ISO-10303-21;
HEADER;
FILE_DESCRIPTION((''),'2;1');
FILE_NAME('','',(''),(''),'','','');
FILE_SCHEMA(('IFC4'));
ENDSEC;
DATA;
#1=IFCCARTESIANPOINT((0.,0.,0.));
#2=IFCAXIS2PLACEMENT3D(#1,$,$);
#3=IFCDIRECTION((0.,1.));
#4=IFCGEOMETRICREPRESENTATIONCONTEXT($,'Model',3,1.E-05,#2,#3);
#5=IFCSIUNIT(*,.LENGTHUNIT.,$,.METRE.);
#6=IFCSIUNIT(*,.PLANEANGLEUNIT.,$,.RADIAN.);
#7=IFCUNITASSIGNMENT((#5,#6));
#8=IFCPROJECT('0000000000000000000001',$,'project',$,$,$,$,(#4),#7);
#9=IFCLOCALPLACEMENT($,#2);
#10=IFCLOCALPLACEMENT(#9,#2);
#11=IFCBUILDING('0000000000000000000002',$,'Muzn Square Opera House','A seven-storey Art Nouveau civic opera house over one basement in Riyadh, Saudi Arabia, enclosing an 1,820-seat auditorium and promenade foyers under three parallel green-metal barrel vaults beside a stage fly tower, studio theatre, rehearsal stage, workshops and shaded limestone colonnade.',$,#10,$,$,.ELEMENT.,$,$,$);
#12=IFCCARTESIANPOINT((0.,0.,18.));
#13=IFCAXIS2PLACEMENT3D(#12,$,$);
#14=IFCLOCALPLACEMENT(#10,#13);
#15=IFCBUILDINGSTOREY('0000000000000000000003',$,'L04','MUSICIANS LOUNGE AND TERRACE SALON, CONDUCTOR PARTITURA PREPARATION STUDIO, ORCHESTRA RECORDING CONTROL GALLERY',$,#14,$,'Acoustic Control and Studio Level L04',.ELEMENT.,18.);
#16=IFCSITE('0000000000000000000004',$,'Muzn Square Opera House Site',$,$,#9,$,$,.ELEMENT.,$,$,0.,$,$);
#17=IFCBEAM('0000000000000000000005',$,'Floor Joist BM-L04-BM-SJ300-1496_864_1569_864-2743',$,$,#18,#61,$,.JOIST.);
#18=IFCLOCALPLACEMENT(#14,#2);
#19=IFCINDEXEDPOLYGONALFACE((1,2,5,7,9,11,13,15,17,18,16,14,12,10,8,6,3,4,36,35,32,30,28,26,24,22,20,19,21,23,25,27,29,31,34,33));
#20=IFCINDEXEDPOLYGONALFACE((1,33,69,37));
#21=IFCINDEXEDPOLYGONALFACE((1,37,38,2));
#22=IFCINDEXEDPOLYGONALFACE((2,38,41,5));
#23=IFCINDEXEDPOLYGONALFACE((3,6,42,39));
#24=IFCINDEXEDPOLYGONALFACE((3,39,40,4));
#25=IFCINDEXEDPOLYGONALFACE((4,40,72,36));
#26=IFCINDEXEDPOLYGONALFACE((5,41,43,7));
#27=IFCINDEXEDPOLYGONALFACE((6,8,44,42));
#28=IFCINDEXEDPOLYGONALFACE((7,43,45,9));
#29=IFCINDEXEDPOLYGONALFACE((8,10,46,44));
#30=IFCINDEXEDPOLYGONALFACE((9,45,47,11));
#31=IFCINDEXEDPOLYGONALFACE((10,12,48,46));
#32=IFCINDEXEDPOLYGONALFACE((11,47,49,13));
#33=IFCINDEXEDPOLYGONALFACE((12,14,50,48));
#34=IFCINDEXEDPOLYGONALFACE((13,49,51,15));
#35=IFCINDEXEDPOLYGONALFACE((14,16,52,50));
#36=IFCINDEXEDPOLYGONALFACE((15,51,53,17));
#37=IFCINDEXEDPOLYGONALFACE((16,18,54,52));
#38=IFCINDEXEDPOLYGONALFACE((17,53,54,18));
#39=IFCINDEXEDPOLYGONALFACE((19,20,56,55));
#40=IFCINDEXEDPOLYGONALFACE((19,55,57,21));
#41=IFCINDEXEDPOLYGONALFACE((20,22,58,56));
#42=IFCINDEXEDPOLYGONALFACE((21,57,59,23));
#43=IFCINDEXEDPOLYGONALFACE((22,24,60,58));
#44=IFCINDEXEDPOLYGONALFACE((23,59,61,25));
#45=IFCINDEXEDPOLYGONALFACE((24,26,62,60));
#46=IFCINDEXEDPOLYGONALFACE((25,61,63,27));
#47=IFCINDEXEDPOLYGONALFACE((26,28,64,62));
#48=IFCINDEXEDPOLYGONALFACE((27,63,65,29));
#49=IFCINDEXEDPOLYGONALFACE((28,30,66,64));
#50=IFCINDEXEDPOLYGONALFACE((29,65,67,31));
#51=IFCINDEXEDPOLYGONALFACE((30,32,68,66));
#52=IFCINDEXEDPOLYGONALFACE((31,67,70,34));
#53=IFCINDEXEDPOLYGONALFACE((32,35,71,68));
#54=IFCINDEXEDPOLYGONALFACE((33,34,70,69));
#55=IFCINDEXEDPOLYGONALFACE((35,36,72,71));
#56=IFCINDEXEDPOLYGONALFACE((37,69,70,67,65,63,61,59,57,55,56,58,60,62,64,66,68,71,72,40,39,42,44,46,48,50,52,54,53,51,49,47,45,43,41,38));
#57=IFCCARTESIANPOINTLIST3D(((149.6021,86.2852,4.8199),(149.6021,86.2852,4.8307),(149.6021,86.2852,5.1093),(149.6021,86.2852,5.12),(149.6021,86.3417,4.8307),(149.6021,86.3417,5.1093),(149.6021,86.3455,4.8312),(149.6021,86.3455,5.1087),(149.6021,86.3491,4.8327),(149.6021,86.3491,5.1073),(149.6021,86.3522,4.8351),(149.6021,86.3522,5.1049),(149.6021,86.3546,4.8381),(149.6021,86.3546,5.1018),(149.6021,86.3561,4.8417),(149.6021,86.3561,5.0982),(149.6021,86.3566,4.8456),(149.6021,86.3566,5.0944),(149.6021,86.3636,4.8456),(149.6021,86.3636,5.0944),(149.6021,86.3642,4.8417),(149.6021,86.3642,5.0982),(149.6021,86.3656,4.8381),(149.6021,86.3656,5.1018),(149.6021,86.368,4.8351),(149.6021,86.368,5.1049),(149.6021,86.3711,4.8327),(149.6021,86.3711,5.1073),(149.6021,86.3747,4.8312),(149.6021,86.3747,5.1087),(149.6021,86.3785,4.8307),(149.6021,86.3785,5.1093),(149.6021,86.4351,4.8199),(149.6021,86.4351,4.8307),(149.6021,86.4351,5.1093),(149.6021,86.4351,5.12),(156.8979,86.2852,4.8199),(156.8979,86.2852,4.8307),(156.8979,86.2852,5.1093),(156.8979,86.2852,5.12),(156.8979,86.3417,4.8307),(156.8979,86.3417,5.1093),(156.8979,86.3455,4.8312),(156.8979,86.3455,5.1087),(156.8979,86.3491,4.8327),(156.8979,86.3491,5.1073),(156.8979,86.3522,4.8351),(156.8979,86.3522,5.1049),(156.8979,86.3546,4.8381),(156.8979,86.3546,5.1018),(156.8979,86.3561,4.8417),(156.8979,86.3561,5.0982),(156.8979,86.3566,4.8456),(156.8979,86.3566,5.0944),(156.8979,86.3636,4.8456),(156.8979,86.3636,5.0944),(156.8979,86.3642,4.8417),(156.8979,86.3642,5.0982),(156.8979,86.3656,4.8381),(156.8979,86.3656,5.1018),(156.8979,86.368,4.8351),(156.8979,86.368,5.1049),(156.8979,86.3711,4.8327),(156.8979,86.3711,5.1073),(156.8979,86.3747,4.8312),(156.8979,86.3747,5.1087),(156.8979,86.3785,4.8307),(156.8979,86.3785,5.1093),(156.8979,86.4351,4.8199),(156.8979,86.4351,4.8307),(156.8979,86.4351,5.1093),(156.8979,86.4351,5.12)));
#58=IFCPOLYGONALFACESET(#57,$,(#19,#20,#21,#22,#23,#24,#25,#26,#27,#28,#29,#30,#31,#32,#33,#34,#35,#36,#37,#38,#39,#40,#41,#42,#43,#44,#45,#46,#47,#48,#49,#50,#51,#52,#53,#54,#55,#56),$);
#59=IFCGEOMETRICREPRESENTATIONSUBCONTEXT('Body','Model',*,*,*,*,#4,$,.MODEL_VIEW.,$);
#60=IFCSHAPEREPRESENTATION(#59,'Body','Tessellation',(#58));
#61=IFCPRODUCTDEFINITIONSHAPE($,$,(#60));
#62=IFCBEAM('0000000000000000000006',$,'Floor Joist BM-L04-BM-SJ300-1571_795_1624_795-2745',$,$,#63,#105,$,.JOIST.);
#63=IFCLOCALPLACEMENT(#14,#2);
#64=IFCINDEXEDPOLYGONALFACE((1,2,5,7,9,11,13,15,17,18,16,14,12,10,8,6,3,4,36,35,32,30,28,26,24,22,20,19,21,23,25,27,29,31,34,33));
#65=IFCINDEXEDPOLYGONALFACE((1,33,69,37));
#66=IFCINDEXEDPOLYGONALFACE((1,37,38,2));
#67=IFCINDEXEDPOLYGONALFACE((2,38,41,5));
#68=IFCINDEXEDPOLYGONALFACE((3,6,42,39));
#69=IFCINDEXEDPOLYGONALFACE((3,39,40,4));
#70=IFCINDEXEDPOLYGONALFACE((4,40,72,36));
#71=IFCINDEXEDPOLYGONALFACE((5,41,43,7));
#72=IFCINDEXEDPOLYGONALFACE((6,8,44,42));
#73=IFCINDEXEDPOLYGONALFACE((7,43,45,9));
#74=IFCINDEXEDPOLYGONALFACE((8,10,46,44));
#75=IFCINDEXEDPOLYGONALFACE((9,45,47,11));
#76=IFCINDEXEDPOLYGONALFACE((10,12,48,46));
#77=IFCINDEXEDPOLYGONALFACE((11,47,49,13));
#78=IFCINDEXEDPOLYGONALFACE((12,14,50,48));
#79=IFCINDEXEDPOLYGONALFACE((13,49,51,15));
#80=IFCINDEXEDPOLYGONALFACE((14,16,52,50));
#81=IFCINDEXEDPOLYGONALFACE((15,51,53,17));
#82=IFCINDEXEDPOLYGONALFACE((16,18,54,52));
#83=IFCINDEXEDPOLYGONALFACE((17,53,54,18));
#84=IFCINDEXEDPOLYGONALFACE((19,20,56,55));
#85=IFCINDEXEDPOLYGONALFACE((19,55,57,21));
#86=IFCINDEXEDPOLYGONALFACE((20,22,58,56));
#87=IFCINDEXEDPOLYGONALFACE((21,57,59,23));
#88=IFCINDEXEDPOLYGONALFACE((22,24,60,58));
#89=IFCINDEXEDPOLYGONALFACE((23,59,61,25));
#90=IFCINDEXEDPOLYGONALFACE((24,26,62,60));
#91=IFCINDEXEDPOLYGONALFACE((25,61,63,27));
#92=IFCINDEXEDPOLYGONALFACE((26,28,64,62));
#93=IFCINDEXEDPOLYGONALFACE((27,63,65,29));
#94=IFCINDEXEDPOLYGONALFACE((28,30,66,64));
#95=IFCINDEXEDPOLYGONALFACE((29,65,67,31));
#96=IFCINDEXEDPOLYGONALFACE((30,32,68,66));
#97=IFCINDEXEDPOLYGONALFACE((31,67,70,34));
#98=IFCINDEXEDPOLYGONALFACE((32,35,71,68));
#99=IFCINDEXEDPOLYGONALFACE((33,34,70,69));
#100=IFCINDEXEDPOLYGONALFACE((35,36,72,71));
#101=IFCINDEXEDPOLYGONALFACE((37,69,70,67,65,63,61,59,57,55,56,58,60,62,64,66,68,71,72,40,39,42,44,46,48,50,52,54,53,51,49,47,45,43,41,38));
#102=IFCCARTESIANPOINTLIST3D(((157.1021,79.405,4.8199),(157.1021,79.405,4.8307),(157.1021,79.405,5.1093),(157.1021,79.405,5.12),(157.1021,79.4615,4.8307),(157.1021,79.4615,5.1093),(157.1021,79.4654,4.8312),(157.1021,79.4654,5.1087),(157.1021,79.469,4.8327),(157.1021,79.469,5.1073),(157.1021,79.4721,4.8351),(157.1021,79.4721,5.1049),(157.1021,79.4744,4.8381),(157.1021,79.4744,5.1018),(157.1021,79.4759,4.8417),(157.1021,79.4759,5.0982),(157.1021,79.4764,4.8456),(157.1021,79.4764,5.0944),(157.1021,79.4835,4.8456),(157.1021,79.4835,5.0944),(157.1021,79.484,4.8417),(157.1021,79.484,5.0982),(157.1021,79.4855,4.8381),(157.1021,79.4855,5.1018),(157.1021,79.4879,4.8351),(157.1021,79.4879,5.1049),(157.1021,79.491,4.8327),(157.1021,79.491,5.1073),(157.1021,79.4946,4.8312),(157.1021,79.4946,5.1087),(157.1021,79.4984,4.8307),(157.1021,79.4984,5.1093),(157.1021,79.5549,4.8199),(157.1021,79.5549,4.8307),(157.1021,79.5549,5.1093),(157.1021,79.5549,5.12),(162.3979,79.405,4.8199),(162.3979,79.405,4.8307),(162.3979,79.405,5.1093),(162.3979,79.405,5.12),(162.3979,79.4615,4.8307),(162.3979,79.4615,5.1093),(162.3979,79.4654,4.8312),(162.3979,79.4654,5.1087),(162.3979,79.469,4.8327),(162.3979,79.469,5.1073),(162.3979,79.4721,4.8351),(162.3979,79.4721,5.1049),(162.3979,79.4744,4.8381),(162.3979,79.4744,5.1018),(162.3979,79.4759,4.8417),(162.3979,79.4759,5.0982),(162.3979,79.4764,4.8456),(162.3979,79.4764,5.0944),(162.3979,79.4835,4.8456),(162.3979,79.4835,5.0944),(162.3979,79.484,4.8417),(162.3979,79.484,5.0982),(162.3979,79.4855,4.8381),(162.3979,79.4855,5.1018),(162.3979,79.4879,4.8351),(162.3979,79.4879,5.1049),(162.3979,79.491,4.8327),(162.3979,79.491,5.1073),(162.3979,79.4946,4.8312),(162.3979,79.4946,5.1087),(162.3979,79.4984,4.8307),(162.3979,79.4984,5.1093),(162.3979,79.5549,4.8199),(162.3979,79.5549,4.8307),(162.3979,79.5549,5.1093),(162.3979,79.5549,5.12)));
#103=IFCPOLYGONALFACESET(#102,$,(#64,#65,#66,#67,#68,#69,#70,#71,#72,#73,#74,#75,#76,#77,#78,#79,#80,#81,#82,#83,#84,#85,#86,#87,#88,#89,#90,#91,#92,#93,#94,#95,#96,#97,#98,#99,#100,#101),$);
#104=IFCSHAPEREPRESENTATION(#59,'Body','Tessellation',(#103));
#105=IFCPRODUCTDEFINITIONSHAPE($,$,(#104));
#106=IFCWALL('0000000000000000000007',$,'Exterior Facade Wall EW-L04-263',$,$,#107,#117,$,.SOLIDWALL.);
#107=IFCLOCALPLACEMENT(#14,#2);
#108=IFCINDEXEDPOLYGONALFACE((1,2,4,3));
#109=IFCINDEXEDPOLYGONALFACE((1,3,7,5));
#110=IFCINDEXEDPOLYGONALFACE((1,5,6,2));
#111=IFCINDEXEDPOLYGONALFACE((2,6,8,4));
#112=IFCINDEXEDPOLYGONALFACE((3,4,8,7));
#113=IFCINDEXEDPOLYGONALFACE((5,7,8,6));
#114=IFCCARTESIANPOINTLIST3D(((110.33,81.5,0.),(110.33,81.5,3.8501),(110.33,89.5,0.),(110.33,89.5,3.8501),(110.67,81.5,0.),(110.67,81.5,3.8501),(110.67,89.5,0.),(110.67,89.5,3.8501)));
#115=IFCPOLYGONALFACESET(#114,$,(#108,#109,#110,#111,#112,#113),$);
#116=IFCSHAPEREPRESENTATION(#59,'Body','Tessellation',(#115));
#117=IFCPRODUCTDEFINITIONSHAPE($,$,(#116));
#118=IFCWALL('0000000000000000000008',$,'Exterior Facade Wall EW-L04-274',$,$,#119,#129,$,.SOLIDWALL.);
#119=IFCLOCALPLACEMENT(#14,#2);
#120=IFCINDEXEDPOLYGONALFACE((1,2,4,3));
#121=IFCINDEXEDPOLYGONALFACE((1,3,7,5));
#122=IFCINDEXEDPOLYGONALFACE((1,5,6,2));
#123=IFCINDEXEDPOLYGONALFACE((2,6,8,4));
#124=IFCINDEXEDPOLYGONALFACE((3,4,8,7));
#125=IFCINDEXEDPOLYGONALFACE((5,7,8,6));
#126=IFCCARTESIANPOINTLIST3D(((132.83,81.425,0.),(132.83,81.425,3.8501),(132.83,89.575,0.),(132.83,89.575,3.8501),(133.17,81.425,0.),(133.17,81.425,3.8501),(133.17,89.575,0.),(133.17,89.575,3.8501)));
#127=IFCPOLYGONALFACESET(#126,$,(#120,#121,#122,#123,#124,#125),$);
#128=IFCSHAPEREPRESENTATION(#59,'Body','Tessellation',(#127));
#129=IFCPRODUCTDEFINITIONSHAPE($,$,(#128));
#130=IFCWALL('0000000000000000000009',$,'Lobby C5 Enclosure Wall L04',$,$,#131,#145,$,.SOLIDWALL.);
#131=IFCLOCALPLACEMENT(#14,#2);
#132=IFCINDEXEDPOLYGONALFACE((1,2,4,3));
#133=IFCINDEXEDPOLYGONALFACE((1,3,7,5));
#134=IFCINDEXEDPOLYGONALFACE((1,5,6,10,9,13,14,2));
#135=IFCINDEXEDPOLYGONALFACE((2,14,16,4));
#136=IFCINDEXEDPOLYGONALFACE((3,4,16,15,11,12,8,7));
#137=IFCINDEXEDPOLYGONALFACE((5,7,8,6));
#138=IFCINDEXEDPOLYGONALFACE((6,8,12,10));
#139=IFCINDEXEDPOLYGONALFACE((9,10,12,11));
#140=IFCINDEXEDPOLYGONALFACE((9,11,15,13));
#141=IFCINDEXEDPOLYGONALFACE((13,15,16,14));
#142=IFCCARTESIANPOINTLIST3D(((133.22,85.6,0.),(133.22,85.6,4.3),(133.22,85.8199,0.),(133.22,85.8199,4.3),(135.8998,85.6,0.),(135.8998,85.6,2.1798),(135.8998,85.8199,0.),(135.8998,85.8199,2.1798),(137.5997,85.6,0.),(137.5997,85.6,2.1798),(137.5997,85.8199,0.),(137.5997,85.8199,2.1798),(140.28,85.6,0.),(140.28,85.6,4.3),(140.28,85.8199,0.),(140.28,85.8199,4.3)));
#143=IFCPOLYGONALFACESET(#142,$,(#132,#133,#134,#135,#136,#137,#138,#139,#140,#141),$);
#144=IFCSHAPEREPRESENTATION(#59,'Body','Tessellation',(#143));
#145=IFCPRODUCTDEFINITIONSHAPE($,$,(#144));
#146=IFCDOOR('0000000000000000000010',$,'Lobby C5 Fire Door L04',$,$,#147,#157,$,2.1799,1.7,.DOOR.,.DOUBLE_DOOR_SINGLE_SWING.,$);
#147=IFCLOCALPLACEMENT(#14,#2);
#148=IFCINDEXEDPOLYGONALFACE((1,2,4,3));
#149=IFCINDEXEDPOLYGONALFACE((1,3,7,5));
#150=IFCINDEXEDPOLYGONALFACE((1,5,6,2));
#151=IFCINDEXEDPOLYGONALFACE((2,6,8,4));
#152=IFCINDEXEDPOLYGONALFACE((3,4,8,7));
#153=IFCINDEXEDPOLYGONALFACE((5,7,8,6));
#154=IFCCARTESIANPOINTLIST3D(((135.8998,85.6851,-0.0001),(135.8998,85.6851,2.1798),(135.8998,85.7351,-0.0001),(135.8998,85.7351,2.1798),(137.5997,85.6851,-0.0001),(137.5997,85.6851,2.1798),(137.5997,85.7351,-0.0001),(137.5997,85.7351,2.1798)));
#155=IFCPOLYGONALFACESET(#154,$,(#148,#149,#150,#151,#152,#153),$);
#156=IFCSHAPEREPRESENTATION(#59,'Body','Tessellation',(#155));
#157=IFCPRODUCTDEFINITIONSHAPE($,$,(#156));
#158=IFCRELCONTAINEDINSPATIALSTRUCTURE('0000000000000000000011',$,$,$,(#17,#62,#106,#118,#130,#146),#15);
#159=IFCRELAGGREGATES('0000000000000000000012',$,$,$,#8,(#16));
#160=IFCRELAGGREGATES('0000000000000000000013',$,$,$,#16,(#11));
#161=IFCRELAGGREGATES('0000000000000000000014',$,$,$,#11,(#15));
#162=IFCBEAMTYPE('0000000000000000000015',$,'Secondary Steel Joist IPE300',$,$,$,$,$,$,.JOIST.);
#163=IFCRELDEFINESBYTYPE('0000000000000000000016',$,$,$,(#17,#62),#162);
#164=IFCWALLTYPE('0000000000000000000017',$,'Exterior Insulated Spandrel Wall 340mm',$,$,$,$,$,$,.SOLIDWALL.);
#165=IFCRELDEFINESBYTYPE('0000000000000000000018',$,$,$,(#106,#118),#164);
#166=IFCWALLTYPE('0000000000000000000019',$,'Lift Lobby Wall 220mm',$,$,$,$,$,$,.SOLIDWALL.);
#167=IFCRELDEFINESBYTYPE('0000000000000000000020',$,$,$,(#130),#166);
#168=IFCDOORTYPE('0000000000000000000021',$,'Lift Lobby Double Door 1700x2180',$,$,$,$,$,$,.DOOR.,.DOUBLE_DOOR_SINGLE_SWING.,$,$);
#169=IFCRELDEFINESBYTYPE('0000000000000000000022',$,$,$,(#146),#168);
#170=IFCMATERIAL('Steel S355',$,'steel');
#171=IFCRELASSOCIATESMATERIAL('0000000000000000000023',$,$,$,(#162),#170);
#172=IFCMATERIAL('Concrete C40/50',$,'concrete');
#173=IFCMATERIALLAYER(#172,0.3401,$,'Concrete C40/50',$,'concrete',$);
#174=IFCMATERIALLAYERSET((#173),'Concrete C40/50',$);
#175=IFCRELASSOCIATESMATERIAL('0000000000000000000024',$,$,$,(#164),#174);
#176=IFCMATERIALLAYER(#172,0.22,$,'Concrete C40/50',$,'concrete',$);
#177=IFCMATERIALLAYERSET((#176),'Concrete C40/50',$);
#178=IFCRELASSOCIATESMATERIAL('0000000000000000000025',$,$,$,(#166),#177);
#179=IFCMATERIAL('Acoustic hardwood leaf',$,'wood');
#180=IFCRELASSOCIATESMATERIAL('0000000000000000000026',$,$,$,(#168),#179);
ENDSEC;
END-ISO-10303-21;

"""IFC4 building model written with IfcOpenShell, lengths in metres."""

from ifc_helpers import new_model, si_unit, direction, frame, frame_2d, origin, origin_2d, place, context, subcontext, project, spatial, rectangle, i_section, extrude, material, layer, layer_set, material_profile, profile_set, type_object, element, fill, save


model = new_model("IFC4")

# Units and contexts
model_context = context("Model", 3, precision=1e-05, world=origin(), true_north=direction((0.0, 1.0)))
body_context = subcontext(model_context, "Body", "Model", "MODEL_VIEW")
ifc_project = project(units=[si_unit("LENGTHUNIT", "METRE"), si_unit("PLANEANGLEUNIT", "RADIAN")], contexts=[model_context])

# Site, building, storey
site_placement = place(None, origin())
site = spatial("IfcSite", under=ifc_project, at=site_placement, Name="Muzn Square Opera House Site", CompositionType="ELEMENT", RefElevation=0.0)
building_placement = place(site_placement, origin())
building = spatial("IfcBuilding", under=site, at=building_placement, Name="Muzn Square Opera House", Description="A seven-storey Art Nouveau civic opera house over one basement in Riyadh, Saudi Arabia, enclosing an 1,820-seat auditorium and promenade foyers under three parallel green-metal barrel vaults beside a stage fly tower, studio theatre, rehearsal stage, workshops and shaded limestone colonnade.", CompositionType="ELEMENT")
storey_placement = place(building_placement, frame((0.0, 0.0, 18.0)))
storey = spatial("IfcBuildingStorey", under=building, at=storey_placement, Name="L04", Description="MUSICIANS LOUNGE AND TERRACE SALON, CONDUCTOR PARTITURA PREPARATION STUDIO, ORCHESTRA RECORDING CONTROL GALLERY", LongName="Acoustic Control and Studio Level L04", CompositionType="ELEMENT", Elevation=18.0)

# Shared definitions
ifc_material_1 = material(Name="Steel S355", Category="steel")

# Beams
ifc_material_2 = material(Name="Concrete C40/50", Category="concrete")
ifc_material_profile_1 = material_profile(ifc_material_1, i_section(OverallWidth=0.1499, OverallDepth=0.3, WebThickness=0.0071, FlangeThickness=0.0107, FilletRadius=0.0149, at=origin_2d()), Name="IPE 300", Category="steel")
ifc_profile_set_1 = profile_set([ifc_material_profile_1], Name="Steel S355")
beam_type_1 = type_object("IfcBeamType", Name="Secondary Steel Joist IPE300", PredefinedType="JOIST", material=ifc_profile_set_1)
for number, where, z_axis, x_axis, name in (
    (1, (149.6021, 86.3601, 4.97), (1.0, 0.0, 0.0), (0.0, 1.0, 0.0), "Floor Joist BM-L04-BM-SJ300-1496_864_1569_864-2743"),
):
    element("IfcBeam", number, at=place(storey_placement, frame(where, z_axis=z_axis, x_axis=x_axis)), inside=storey, type_object=beam_type_1, Name=name, PredefinedType="JOIST", context=body_context, shape_type="SweptSolid", body=[
        extrude(i_section(OverallWidth=0.1499, OverallDepth=0.3, WebThickness=0.0071, FlangeThickness=0.0107, FilletRadius=0.0149, at=origin_2d()), origin(), (0.0, 0.0, 1.0), 7.2959),
    ])
beam_1_placement = place(storey_placement, frame((157.1021, 79.48, 4.97), z_axis=(1.0, 0.0, 0.0), x_axis=(0.0, 1.0, 0.0)))
element("IfcBeam", 2, at=beam_1_placement, inside=storey, type_object=beam_type_1, Name="Floor Joist BM-L04-BM-SJ300-1571_795_1624_795-2745", PredefinedType="JOIST", context=body_context, shape_type="SweptSolid", body=[
    extrude(i_section(OverallWidth=0.1499, OverallDepth=0.3, WebThickness=0.0071, FlangeThickness=0.0107, FilletRadius=0.0149, at=origin_2d()), origin(), (0.0, 0.0, 1.0), 5.2959),
])

# Walls
ifc_layer_1 = layer(ifc_material_2, 0.3401, Name="Concrete C40/50", Category="concrete")
ifc_layer_set_1 = layer_set([ifc_layer_1], Name="Concrete C40/50")
wall_type_1 = type_object("IfcWallType", Name="Exterior Insulated Spandrel Wall 340mm", PredefinedType="SOLIDWALL", material=ifc_layer_set_1)
wall_1_placement = place(storey_placement, frame((110.5, 81.5, 0.0), z_axis=(0.0, 0.0, 1.0), x_axis=(0.0, 1.0, 0.0)))
element("IfcWall", 3, at=wall_1_placement, inside=storey, type_object=wall_type_1, Name="Exterior Facade Wall EW-L04-263", PredefinedType="SOLIDWALL", context=body_context, shape_type="SweptSolid", body=[
    extrude(rectangle(XDim=8.0, YDim=0.3401, at=frame_2d((4.0, 0.0))), origin(), (0.0, 0.0, 1.0), 3.8501),
])
wall_2_placement = place(storey_placement, frame((133.0, 81.425, 0.0), z_axis=(0.0, 0.0, 1.0), x_axis=(0.0, 1.0, 0.0)))
element("IfcWall", 4, at=wall_2_placement, inside=storey, type_object=wall_type_1, Name="Exterior Facade Wall EW-L04-274", PredefinedType="SOLIDWALL", context=body_context, shape_type="SweptSolid", body=[
    extrude(rectangle(XDim=8.1499, YDim=0.3401, at=frame_2d((4.075, 0.0))), origin(), (0.0, 0.0, 1.0), 3.8501),
])

# Wall, opening, door
ifc_layer_2 = layer(ifc_material_2, 0.22, Name="Concrete C40/50", Category="concrete")
ifc_layer_set_2 = layer_set([ifc_layer_2], Name="Concrete C40/50")
wall_type_2 = type_object("IfcWallType", Name="Lift Lobby Wall 220mm", PredefinedType="SOLIDWALL", material=ifc_layer_set_2)
wall_3_placement = place(storey_placement, frame((133.22, 85.71, 0.0), z_axis=(0.0, 0.0, 1.0), x_axis=(1.0, 0.0, 0.0)))
wall_3 = element("IfcWall", 5, at=wall_3_placement, inside=storey, type_object=wall_type_2, Name="Lobby C5 Enclosure Wall L04", PredefinedType="SOLIDWALL", context=body_context, shape_type="SweptSolid", body=[
    extrude(rectangle(XDim=7.0601, YDim=0.22, at=frame_2d((3.53, 0.0))), origin(), (0.0, 0.0, 1.0), 4.3),
])
opening_1_placement = place(wall_3_placement, frame((4.3799, 0.0, 0.0), z_axis=(0.0, 0.0, 1.0), x_axis=(-1.0, 0.0, 0.0)))
opening_1 = element("IfcOpeningElement", 6, at=opening_1_placement, cuts=wall_3, PredefinedType="OPENING", context=body_context, shape_type="SweptSolid", body=[
    extrude(rectangle(XDim=1.7, YDim=2.1799, at=frame_2d((0.8501, 1.0898))), frame((0.0, 0.1199, 0.0), z_axis=(0.0, -1.0, 0.0), x_axis=(1.0, 0.0, 0.0)), (0.0, 0.0, 1.0), 0.24),
])
ifc_material_3 = material(Name="Acoustic hardwood leaf", Category="wood")
door_type_1 = type_object("IfcDoorType", Name="Lift Lobby Double Door 1700x2180", OperationType="DOUBLE_DOOR_SINGLE_SWING", PredefinedType="DOOR", material=ifc_material_3)
door_1_placement = place(opening_1_placement, origin())
door_1 = element("IfcDoor", 7, at=door_1_placement, inside=storey, type_object=door_type_1, Name="Lobby C5 Fire Door L04", OperationType="DOUBLE_DOOR_SINGLE_SWING", OverallHeight=2.1799, OverallWidth=1.7, PredefinedType="DOOR", context=body_context, shape_type="SweptSolid", body=[
    extrude(rectangle(XDim=1.7, YDim=2.1799, at=frame_2d((0.8501, 1.0898))), frame((0.0, 0.0249, 0.0), z_axis=(0.0, -1.0, 0.0), x_axis=(1.0, 0.0, 0.0)), (0.0, 0.0, 1.0), 0.05),
])
fill(opening_1, door_1)

save(model, "model.ifc")
